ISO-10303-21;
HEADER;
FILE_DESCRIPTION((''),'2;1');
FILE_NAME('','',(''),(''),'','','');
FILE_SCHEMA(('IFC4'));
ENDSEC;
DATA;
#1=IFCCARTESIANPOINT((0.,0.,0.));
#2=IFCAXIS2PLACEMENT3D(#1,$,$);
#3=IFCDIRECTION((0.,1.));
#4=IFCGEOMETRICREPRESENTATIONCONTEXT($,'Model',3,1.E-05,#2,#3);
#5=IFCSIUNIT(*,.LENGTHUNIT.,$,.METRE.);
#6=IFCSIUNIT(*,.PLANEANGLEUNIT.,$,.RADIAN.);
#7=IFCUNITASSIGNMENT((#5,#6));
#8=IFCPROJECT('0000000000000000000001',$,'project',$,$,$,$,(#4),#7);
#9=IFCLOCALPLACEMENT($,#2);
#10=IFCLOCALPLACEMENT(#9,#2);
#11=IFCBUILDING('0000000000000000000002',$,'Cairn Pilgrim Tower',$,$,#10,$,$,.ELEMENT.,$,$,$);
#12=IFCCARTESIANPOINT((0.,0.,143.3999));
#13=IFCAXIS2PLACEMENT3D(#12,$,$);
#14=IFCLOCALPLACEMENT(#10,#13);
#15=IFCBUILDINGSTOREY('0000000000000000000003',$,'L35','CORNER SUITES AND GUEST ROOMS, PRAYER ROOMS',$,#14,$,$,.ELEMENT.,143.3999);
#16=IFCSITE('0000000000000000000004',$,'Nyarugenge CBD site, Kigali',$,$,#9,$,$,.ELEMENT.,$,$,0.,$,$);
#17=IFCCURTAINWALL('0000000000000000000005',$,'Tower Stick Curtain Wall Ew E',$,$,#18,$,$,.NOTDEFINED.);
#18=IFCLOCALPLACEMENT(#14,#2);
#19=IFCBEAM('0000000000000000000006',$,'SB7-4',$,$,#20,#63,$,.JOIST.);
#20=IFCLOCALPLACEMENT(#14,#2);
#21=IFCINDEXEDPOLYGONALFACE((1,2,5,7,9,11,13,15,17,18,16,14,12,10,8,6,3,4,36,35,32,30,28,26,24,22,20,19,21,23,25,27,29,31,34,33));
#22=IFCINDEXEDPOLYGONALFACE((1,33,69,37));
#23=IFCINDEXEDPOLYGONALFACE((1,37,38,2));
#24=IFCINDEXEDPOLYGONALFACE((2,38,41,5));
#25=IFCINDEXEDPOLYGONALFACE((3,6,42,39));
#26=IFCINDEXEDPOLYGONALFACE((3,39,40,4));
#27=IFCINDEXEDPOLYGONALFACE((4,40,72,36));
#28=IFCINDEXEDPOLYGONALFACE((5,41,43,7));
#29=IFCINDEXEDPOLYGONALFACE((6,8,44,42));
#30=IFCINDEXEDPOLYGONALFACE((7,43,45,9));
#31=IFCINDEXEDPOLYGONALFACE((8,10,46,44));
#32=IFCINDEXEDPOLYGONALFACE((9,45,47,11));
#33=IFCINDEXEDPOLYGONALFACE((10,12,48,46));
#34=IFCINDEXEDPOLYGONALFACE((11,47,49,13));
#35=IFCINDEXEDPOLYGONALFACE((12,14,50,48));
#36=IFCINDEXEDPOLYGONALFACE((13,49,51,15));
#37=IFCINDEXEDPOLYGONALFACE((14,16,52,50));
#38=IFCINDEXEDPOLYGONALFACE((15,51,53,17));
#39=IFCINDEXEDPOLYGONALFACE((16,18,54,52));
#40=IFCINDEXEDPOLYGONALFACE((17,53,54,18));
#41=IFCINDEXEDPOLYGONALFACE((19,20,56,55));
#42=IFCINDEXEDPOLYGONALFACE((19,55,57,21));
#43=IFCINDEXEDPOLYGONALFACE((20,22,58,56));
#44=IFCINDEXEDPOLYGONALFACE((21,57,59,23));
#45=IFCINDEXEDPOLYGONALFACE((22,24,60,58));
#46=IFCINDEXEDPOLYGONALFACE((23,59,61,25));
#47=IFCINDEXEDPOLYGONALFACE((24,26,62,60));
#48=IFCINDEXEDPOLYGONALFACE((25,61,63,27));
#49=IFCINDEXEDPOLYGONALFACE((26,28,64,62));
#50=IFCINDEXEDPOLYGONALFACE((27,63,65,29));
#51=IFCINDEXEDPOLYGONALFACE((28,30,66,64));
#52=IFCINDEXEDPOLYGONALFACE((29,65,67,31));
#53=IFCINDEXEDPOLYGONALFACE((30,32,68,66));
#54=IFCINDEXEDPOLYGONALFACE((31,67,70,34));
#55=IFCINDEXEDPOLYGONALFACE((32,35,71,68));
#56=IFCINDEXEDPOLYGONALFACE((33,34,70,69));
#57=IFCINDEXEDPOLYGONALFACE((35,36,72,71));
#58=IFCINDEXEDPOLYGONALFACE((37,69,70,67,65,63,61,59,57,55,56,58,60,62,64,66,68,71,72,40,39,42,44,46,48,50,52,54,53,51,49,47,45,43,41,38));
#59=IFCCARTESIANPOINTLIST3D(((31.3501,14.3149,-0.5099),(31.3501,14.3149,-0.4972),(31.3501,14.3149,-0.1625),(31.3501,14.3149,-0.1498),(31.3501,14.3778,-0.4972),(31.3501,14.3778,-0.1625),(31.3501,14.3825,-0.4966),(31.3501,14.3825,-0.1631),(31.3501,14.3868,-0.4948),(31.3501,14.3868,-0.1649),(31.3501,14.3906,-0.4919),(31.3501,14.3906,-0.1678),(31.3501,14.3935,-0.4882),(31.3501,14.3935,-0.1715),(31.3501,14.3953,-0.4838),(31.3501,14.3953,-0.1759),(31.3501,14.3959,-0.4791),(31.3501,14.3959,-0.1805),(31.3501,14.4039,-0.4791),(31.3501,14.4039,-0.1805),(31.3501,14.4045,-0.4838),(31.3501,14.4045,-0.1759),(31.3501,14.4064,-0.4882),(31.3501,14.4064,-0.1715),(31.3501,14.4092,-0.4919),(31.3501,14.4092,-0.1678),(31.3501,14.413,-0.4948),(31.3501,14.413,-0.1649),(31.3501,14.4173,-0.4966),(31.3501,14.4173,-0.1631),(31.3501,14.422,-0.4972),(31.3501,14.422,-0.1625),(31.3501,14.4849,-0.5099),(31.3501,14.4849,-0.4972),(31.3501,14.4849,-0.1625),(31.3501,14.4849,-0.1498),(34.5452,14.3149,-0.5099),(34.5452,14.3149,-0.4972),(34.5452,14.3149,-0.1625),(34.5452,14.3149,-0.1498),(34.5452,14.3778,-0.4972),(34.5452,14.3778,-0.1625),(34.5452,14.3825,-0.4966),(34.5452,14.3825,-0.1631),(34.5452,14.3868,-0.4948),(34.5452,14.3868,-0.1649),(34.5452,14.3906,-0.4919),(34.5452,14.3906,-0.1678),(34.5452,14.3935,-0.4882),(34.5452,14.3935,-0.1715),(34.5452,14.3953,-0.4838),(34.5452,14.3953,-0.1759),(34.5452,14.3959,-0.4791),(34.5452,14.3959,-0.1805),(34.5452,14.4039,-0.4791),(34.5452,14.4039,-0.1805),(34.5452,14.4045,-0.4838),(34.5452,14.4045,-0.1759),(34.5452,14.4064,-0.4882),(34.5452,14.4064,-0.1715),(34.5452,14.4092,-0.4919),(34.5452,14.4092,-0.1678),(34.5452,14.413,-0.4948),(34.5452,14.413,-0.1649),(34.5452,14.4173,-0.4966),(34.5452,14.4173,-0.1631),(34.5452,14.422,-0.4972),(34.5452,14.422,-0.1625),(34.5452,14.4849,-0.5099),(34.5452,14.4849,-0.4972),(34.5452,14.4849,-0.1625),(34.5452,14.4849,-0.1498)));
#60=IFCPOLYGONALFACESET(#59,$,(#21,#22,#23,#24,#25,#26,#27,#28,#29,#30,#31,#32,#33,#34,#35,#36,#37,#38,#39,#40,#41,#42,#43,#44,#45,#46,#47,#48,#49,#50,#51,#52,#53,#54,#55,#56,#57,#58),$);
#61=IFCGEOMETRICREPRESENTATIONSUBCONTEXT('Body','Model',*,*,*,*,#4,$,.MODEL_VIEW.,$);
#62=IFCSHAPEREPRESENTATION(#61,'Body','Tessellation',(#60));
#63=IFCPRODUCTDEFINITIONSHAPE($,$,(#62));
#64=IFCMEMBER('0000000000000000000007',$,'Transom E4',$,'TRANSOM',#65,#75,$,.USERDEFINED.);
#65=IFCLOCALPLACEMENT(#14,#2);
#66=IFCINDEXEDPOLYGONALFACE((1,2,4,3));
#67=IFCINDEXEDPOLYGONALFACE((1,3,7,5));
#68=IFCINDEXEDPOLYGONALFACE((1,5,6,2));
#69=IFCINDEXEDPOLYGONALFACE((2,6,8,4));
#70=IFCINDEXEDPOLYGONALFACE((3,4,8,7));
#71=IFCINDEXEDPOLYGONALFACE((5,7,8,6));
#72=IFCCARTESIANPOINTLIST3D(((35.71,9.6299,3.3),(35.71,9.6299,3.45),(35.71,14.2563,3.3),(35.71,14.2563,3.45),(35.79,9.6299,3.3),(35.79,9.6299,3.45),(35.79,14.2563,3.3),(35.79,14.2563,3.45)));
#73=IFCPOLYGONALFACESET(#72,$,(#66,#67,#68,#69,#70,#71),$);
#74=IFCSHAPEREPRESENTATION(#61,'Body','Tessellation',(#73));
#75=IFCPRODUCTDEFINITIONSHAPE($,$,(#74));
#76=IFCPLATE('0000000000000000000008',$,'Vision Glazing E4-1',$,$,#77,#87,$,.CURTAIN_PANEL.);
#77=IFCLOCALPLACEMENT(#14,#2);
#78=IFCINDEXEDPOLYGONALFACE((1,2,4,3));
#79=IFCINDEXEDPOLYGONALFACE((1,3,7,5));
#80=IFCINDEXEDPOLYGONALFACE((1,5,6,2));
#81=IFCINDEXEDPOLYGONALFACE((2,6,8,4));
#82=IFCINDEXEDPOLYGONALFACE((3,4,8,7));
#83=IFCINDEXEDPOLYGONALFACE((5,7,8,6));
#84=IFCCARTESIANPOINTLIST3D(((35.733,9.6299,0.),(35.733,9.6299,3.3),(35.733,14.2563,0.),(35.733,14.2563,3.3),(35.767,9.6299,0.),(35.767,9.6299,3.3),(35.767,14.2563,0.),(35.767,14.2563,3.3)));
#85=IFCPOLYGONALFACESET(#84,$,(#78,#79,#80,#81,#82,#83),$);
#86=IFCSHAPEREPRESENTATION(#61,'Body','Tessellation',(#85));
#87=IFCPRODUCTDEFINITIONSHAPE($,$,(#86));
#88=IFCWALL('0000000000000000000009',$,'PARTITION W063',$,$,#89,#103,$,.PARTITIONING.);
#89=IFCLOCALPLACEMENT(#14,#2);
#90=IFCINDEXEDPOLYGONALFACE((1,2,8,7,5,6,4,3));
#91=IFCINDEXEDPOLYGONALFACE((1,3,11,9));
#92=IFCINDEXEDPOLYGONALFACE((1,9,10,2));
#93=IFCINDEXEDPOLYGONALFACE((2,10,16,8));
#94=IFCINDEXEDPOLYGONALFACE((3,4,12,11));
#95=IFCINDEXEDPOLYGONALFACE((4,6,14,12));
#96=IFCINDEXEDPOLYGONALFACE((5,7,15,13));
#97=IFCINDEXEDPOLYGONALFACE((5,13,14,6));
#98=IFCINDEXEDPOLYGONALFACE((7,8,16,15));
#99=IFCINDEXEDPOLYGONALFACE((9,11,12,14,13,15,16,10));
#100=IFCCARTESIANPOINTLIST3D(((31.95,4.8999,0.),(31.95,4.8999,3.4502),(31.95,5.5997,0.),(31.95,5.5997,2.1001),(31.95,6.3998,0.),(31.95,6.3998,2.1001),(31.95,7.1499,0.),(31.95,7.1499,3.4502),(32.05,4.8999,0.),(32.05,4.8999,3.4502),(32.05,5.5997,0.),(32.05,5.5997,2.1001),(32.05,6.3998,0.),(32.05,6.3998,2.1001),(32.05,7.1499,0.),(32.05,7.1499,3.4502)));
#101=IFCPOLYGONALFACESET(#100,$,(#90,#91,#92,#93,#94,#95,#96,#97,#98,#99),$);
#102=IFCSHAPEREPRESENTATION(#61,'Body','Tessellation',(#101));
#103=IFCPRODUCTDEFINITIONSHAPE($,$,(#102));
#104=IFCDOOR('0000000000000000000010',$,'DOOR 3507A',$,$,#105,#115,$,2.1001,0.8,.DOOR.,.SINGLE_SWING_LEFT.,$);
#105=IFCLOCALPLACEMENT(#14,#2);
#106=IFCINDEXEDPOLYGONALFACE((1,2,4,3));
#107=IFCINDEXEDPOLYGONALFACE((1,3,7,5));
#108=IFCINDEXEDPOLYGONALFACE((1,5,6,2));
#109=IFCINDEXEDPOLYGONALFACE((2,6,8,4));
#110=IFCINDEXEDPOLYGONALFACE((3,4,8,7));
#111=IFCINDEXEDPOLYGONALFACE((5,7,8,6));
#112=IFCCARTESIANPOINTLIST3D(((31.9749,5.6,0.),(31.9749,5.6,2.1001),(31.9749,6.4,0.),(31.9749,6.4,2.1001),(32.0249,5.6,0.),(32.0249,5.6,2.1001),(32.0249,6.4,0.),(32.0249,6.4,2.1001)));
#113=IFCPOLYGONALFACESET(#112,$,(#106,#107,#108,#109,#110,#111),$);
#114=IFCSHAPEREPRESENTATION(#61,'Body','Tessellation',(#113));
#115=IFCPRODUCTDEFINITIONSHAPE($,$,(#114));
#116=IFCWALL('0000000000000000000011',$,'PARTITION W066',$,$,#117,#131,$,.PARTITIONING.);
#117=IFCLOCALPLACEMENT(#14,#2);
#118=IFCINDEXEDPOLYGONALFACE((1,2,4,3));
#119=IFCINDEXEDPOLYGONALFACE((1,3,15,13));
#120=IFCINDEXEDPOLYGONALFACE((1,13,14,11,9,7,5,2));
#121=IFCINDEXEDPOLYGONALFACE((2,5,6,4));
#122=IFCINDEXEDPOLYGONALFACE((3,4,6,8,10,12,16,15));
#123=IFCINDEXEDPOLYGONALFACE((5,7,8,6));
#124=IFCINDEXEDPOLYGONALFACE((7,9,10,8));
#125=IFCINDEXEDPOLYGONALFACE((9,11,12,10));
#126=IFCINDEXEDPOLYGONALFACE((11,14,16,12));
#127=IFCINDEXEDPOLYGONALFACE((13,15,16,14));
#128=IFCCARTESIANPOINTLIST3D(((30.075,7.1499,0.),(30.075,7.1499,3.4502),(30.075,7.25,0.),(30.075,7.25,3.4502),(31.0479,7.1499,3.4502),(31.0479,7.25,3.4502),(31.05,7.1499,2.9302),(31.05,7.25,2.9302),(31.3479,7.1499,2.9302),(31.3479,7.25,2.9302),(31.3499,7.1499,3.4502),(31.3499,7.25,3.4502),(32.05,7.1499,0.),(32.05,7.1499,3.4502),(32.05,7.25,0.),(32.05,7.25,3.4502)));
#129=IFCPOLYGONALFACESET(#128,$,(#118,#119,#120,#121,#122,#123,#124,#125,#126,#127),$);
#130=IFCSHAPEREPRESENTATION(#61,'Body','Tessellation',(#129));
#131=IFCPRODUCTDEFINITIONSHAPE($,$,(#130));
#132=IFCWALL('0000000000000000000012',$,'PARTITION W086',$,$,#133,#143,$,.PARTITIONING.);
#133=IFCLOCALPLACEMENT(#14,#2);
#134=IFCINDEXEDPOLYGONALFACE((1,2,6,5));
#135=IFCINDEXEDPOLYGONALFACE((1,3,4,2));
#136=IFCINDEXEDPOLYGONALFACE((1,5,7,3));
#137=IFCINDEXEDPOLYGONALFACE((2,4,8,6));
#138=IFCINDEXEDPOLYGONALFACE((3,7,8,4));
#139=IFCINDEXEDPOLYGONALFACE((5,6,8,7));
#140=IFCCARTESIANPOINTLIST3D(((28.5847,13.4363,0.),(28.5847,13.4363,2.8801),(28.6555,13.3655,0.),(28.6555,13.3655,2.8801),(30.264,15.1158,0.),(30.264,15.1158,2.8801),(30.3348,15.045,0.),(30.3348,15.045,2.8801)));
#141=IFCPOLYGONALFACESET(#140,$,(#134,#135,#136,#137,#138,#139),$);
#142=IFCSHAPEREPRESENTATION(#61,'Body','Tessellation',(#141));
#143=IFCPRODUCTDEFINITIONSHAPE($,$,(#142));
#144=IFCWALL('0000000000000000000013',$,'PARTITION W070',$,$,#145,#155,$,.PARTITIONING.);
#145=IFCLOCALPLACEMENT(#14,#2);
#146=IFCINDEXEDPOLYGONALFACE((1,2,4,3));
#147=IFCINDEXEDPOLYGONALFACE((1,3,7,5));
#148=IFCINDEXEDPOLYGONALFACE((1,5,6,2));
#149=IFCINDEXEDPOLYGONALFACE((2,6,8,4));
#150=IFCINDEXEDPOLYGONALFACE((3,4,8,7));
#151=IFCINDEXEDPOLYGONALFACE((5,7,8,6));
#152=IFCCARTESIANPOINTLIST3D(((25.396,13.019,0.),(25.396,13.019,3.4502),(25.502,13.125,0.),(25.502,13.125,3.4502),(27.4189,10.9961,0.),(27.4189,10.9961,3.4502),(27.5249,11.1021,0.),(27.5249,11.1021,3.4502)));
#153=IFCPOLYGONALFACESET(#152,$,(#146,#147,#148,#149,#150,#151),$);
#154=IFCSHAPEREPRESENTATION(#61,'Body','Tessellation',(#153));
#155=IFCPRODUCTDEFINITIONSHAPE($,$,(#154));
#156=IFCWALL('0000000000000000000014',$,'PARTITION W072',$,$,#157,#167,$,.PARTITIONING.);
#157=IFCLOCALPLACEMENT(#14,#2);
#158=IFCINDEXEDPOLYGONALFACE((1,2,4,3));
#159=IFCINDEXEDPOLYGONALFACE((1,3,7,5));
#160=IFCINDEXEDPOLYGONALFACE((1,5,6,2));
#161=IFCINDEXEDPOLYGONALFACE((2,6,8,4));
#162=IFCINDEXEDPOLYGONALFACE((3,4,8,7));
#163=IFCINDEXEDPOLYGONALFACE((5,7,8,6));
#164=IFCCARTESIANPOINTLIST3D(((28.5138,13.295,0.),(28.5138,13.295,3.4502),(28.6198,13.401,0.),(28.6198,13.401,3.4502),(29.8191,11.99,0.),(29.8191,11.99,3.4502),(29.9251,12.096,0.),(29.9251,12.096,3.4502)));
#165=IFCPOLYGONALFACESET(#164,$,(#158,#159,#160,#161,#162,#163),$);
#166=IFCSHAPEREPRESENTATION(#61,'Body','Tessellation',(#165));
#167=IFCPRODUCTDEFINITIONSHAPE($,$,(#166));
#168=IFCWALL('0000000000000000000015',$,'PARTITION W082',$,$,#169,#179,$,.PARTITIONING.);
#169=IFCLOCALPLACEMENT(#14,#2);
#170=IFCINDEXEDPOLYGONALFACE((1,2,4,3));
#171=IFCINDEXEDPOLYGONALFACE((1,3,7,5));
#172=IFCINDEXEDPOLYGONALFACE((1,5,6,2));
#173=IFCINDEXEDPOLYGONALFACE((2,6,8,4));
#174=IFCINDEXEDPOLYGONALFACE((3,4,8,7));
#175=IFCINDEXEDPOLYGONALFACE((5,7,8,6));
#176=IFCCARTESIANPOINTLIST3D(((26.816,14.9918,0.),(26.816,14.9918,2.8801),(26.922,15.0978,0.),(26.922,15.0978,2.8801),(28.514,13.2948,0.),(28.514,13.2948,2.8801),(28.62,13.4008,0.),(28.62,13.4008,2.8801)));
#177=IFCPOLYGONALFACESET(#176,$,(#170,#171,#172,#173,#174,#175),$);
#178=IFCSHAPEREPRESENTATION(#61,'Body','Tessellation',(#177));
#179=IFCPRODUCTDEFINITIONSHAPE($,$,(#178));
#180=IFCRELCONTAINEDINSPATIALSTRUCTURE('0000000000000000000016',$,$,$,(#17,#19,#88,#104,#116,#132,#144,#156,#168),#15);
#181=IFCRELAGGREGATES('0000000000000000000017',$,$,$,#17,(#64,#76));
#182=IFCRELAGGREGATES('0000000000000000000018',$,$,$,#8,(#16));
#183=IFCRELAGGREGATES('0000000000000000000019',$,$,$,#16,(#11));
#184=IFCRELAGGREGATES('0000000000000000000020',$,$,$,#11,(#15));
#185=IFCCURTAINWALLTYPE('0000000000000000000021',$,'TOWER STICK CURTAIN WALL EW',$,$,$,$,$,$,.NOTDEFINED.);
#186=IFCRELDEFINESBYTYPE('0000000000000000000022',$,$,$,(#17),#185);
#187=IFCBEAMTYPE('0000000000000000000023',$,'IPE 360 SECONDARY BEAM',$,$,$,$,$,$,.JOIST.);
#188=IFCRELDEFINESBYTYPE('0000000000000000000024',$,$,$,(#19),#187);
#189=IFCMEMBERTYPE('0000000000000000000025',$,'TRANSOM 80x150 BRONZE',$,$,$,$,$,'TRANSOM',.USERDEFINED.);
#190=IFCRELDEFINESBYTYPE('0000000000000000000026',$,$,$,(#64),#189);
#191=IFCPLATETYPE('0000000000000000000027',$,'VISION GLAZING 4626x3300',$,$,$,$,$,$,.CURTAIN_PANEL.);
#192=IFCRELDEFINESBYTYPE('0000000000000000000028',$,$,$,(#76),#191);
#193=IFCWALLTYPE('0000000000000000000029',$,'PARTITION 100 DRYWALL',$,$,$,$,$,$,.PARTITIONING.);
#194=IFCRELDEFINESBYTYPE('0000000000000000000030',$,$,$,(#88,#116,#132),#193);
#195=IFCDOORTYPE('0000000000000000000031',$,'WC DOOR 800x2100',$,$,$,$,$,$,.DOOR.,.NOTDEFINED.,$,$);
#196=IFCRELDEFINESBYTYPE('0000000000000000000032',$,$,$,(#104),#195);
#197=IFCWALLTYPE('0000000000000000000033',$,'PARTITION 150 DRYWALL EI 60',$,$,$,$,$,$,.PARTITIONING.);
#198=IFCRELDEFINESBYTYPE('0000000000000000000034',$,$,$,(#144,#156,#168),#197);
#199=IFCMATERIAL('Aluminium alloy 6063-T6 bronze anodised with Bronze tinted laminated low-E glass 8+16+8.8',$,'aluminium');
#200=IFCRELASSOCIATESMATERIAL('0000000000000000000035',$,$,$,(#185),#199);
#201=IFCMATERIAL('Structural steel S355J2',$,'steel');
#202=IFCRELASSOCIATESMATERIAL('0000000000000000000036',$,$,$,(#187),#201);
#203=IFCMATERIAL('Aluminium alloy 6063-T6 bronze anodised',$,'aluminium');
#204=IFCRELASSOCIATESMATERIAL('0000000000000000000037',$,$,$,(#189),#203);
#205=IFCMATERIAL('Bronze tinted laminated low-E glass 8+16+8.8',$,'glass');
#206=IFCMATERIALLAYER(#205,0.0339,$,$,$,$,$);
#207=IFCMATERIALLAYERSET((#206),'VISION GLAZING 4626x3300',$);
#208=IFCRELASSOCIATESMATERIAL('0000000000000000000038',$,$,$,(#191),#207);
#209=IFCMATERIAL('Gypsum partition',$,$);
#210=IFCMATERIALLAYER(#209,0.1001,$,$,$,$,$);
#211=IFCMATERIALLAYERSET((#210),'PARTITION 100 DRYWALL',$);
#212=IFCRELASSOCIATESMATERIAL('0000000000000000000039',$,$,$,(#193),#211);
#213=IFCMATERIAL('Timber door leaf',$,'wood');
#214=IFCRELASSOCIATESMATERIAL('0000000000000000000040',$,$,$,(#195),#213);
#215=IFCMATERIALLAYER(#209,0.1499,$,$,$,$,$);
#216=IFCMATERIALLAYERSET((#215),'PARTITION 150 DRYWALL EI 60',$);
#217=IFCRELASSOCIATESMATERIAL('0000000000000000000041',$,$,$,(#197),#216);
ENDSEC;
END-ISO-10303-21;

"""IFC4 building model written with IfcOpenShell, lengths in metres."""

from ifc_helpers import new_model, si_unit, direction, frame, frame_2d, origin, origin_2d, place, context, subcontext, project, spatial, polyline, rectangle, i_section, outline, extrude, material, layer, layer_set, material_profile, profile_set, type_object, element, fill, aggregate, save


model = new_model("IFC4")

# Units and contexts
model_context = context("Model", 3, precision=1e-05, world=origin(), true_north=direction((0.0, 1.0)))
body_context = subcontext(model_context, "Body", "Model", "MODEL_VIEW")
ifc_project = project(units=[si_unit("LENGTHUNIT", "METRE"), si_unit("PLANEANGLEUNIT", "RADIAN")], contexts=[model_context])

# Site, building, storey
site_placement = place(None, origin())
site = spatial("IfcSite", under=ifc_project, at=site_placement, Name="Nyarugenge CBD site, Kigali", CompositionType="ELEMENT", RefElevation=0.0)
building_placement = place(site_placement, origin())
building = spatial("IfcBuilding", under=site, at=building_placement, Name="Cairn Pilgrim Tower", CompositionType="ELEMENT")
storey_placement = place(building_placement, frame((0.0, 0.0, 143.3999)))
storey = spatial("IfcBuildingStorey", under=building, at=storey_placement, Name="L35", Description="CORNER SUITES AND GUEST ROOMS, PRAYER ROOMS", CompositionType="ELEMENT", Elevation=143.3999)

# Curtain wall
ifc_material_1 = material(Name="Aluminium alloy 6063-T6 bronze anodised with Bronze tinted laminated low-E glass 8+16+8.8", Category="aluminium")
curtain_wall_type_1 = type_object("IfcCurtainWallType", Name="TOWER STICK CURTAIN WALL EW", PredefinedType="NOTDEFINED", material=ifc_material_1)
curtain_wall_1_placement = place(storey_placement, origin())
curtain_wall_1 = element("IfcCurtainWall", 1, at=curtain_wall_1_placement, inside=storey, type_object=curtain_wall_type_1, Name="Tower Stick Curtain Wall Ew E", PredefinedType="NOTDEFINED")
ifc_material_2 = material(Name="Aluminium alloy 6063-T6 bronze anodised", Category="aluminium")

# Beam
ifc_material_3 = material(Name="Structural steel S355J2", Category="steel")
ifc_material_profile_1 = material_profile(ifc_material_3, i_section(OverallWidth=0.1699, OverallDepth=0.3601, WebThickness=0.0081, FlangeThickness=0.0127, FilletRadius=0.0181, at=origin_2d()), Name="IPE 360")
ifc_profile_set_1 = profile_set([ifc_material_profile_1], Name="Structural steel S355J2")
beam_type_1 = type_object("IfcBeamType", Name="IPE 360 SECONDARY BEAM", PredefinedType="JOIST", material=ifc_profile_set_1)
beam_1_placement = place(storey_placement, frame((31.3501, 14.3999, -0.3298), z_axis=(1.0, 0.0, 0.0), x_axis=(0.0, 1.0, 0.0)))
element("IfcBeam", 2, at=beam_1_placement, inside=storey, type_object=beam_type_1, Name="SB7-4", PredefinedType="JOIST", context=body_context, shape_type="SweptSolid", body=[
    extrude(i_section(OverallWidth=0.1699, OverallDepth=0.3601, WebThickness=0.0081, FlangeThickness=0.0127, FilletRadius=0.0181, at=origin_2d()), origin(), (0.0, 0.0, 1.0), 3.1951),
])

# Member
ifc_material_profile_2 = material_profile(ifc_material_2, rectangle(XDim=0.0801, YDim=0.1499, at=origin_2d()), Name="TRANSOM 80x150 BRONZE")
ifc_profile_set_2 = profile_set([ifc_material_profile_2], Name="Aluminium alloy 6063-T6 bronze anodised")
member_type_1 = type_object("IfcMemberType", Name="TRANSOM 80x150 BRONZE", ElementType="TRANSOM", PredefinedType="USERDEFINED", material=ifc_profile_set_2)
member_1_placement = place(storey_placement, frame((35.75, 9.6299, 3.375), z_axis=(0.0, 1.0, 0.0), x_axis=(-1.0, 0.0, 0.0)))
member_1 = element("IfcMember", 3, at=member_1_placement, type_object=member_type_1, Name="Transom E4", ObjectType="TRANSOM", PredefinedType="USERDEFINED", context=body_context, shape_type="SweptSolid", body=[
    extrude(rectangle(XDim=0.0801, YDim=0.1499, at=origin_2d()), origin(), (0.0, 0.0, 1.0), 4.6265),
])

# Plate
ifc_material_4 = material(Name="Bronze tinted laminated low-E glass 8+16+8.8", Category="glass")
ifc_layer_1 = layer(ifc_material_4, 0.0339)
ifc_layer_set_1 = layer_set([ifc_layer_1], Name="VISION GLAZING 4626x3300")
plate_type = type_object("IfcPlateType", Name="VISION GLAZING 4626x3300", PredefinedType="CURTAIN_PANEL", material=ifc_layer_set_1)
plate_placement = place(storey_placement, frame((35.75, 11.9431, 0.0), z_axis=(0.0, 0.0, 1.0), x_axis=(0.0, 1.0, 0.0)))
plate = element("IfcPlate", 4, at=plate_placement, type_object=plate_type, Name="Vision Glazing E4-1", PredefinedType="CURTAIN_PANEL", context=body_context, shape_type="SweptSolid", body=[
    extrude(rectangle(XDim=4.6265, YDim=0.0339, at=origin_2d()), origin(), (0.0, 0.0, 1.0), 3.3),
])
aggregate(curtain_wall_1, [member_1, plate])

# Wall, opening, door
ifc_material_5 = material(Name="Gypsum partition")
ifc_layer_2 = layer(ifc_material_5, 0.1001)
ifc_layer_set_2 = layer_set([ifc_layer_2], Name="PARTITION 100 DRYWALL")
wall_type_1 = type_object("IfcWallType", Name="PARTITION 100 DRYWALL", PredefinedType="PARTITIONING", material=ifc_layer_set_2)
wall_1_placement = place(storey_placement, frame((32.0, 4.8999, 0.0), z_axis=(0.0, 0.0, 1.0), x_axis=(0.0, 1.0, 0.0)))
wall_1 = element("IfcWall", 5, at=wall_1_placement, inside=storey, type_object=wall_type_1, Name="PARTITION W063", PredefinedType="PARTITIONING", context=body_context, shape_type="SweptSolid", body=[
    extrude(rectangle(XDim=2.25, YDim=0.1001, at=frame_2d((1.125, 0.0))), origin(), (0.0, 0.0, 1.0), 3.4502),
])
opening_1_placement = place(wall_1_placement, frame((0.7, 0.0, 0.0)))
opening_1 = element("IfcOpeningElement", 6, at=opening_1_placement, cuts=wall_1, PredefinedType="OPENING", context=body_context, shape_type="SweptSolid", body=[
    extrude(rectangle(XDim=0.8, YDim=2.1001, at=frame_2d((0.3999, 1.05))), frame((0.0, 0.0601, 0.0), z_axis=(0.0, -1.0, 0.0), x_axis=(1.0, 0.0, 0.0)), (0.0, 0.0, 1.0), 0.1201),
])
ifc_material_6 = material(Name="Timber door leaf", Category="wood")
door_type_1 = type_object("IfcDoorType", Name="WC DOOR 800x2100", OperationType="NOTDEFINED", PredefinedType="DOOR", material=ifc_material_6)
door_1_placement = place(opening_1_placement, frame((0.8, 0.0, 0.0), z_axis=(0.0, 0.0, 1.0), x_axis=(-1.0, 0.0, 0.0)))
door_1 = element("IfcDoor", 7, at=door_1_placement, inside=storey, type_object=door_type_1, Name="DOOR 3507A", OperationType="SINGLE_SWING_LEFT", OverallHeight=2.1001, OverallWidth=0.8, PredefinedType="DOOR", context=body_context, shape_type="SweptSolid", body=[
    extrude(rectangle(XDim=0.8, YDim=2.1001, at=frame_2d((0.3999, 1.05))), frame((0.0, 0.0249, 0.0), z_axis=(0.0, -1.0, 0.0), x_axis=(1.0, 0.0, 0.0)), (0.0, 0.0, 1.0), 0.05),
])
fill(opening_1, door_1)

# Walls
wall_2_placement = place(storey_placement, frame((30.075, 7.2, 0.0), z_axis=(0.0, 0.0, 1.0), x_axis=(1.0, 0.0, 0.0)))
element("IfcWall", 8, at=wall_2_placement, inside=storey, type_object=wall_type_1, Name="PARTITION W066", PredefinedType="PARTITIONING", context=body_context, shape_type="SweptSolid", body=[
    extrude(outline(polyline([(0.0, 0.0), (1.9751, 0.0), (1.9751, 3.4502), (1.2749, 3.4502), (1.2729, 2.9302), (0.9751, 2.9302), (0.9729, 3.4502), (0.0, 3.4502), (0.0, 0.0)])), frame((0.0, 0.05, 0.0), z_axis=(0.0, -1.0, 0.0), x_axis=(1.0, 0.0, 0.0)), (0.0, 0.0, 1.0), 0.1001),
])
wall_3_placement = place(storey_placement, frame((28.6201, 13.4009, 0.0), z_axis=(0.0, 0.0, 1.0), x_axis=(0.707055, 0.707158, 0.0)))
element("IfcWall", 9, at=wall_3_placement, inside=storey, type_object=wall_type_1, Name="PARTITION W086", PredefinedType="PARTITIONING", context=body_context, shape_type="SweptSolid", body=[
    extrude(rectangle(XDim=2.375, YDim=0.1001, at=frame_2d((1.1875, 0.0))), origin(), (0.0, 0.0, 1.0), 2.8801),
])
ifc_layer_3 = layer(ifc_material_5, 0.1499)
ifc_layer_set_3 = layer_set([ifc_layer_3], Name="PARTITION 150 DRYWALL EI 60")
wall_type_2 = type_object("IfcWallType", Name="PARTITION 150 DRYWALL EI 60", PredefinedType="PARTITIONING", material=ifc_layer_set_3)
wall_4_placement = place(storey_placement, frame((27.4719, 11.0491, 0.0), z_axis=(0.0, 0.0, 1.0), x_axis=(-0.707107, 0.707107, 0.0)))
element("IfcWall", 10, at=wall_4_placement, inside=storey, type_object=wall_type_2, Name="PARTITION W070", PredefinedType="PARTITIONING", context=body_context, shape_type="SweptSolid", body=[
    extrude(rectangle(XDim=2.8608, YDim=0.1499, at=frame_2d((1.4304, 0.0))), origin(), (0.0, 0.0, 1.0), 3.4502),
])
wall_5_placement = place(storey_placement, frame((29.8721, 12.043, 0.0), z_axis=(0.0, 0.0, 1.0), x_axis=(-0.707173, 0.707041, 0.0)))
element("IfcWall", 11, at=wall_5_placement, inside=storey, type_object=wall_type_2, Name="PARTITION W072", PredefinedType="PARTITIONING", context=body_context, shape_type="SweptSolid", body=[
    extrude(rectangle(XDim=1.8457, YDim=0.1499, at=frame_2d((0.9229, 0.0))), origin(), (0.0, 0.0, 1.0), 3.4502),
])
wall_6_placement = place(storey_placement, frame((28.5669, 13.3479, 0.0), z_axis=(0.0, 0.0, 1.0), x_axis=(-0.70731, 0.706903, 0.0)))
element("IfcWall", 12, at=wall_6_placement, inside=storey, type_object=wall_type_2, Name="PARTITION W082", PredefinedType="PARTITIONING", context=body_context, shape_type="SweptSolid", body=[
    extrude(rectangle(XDim=2.4006, YDim=0.1499, at=frame_2d((1.2002, 0.0))), origin(), (0.0, 0.0, 1.0), 2.8801),
])

save(model, "model.ifc")
